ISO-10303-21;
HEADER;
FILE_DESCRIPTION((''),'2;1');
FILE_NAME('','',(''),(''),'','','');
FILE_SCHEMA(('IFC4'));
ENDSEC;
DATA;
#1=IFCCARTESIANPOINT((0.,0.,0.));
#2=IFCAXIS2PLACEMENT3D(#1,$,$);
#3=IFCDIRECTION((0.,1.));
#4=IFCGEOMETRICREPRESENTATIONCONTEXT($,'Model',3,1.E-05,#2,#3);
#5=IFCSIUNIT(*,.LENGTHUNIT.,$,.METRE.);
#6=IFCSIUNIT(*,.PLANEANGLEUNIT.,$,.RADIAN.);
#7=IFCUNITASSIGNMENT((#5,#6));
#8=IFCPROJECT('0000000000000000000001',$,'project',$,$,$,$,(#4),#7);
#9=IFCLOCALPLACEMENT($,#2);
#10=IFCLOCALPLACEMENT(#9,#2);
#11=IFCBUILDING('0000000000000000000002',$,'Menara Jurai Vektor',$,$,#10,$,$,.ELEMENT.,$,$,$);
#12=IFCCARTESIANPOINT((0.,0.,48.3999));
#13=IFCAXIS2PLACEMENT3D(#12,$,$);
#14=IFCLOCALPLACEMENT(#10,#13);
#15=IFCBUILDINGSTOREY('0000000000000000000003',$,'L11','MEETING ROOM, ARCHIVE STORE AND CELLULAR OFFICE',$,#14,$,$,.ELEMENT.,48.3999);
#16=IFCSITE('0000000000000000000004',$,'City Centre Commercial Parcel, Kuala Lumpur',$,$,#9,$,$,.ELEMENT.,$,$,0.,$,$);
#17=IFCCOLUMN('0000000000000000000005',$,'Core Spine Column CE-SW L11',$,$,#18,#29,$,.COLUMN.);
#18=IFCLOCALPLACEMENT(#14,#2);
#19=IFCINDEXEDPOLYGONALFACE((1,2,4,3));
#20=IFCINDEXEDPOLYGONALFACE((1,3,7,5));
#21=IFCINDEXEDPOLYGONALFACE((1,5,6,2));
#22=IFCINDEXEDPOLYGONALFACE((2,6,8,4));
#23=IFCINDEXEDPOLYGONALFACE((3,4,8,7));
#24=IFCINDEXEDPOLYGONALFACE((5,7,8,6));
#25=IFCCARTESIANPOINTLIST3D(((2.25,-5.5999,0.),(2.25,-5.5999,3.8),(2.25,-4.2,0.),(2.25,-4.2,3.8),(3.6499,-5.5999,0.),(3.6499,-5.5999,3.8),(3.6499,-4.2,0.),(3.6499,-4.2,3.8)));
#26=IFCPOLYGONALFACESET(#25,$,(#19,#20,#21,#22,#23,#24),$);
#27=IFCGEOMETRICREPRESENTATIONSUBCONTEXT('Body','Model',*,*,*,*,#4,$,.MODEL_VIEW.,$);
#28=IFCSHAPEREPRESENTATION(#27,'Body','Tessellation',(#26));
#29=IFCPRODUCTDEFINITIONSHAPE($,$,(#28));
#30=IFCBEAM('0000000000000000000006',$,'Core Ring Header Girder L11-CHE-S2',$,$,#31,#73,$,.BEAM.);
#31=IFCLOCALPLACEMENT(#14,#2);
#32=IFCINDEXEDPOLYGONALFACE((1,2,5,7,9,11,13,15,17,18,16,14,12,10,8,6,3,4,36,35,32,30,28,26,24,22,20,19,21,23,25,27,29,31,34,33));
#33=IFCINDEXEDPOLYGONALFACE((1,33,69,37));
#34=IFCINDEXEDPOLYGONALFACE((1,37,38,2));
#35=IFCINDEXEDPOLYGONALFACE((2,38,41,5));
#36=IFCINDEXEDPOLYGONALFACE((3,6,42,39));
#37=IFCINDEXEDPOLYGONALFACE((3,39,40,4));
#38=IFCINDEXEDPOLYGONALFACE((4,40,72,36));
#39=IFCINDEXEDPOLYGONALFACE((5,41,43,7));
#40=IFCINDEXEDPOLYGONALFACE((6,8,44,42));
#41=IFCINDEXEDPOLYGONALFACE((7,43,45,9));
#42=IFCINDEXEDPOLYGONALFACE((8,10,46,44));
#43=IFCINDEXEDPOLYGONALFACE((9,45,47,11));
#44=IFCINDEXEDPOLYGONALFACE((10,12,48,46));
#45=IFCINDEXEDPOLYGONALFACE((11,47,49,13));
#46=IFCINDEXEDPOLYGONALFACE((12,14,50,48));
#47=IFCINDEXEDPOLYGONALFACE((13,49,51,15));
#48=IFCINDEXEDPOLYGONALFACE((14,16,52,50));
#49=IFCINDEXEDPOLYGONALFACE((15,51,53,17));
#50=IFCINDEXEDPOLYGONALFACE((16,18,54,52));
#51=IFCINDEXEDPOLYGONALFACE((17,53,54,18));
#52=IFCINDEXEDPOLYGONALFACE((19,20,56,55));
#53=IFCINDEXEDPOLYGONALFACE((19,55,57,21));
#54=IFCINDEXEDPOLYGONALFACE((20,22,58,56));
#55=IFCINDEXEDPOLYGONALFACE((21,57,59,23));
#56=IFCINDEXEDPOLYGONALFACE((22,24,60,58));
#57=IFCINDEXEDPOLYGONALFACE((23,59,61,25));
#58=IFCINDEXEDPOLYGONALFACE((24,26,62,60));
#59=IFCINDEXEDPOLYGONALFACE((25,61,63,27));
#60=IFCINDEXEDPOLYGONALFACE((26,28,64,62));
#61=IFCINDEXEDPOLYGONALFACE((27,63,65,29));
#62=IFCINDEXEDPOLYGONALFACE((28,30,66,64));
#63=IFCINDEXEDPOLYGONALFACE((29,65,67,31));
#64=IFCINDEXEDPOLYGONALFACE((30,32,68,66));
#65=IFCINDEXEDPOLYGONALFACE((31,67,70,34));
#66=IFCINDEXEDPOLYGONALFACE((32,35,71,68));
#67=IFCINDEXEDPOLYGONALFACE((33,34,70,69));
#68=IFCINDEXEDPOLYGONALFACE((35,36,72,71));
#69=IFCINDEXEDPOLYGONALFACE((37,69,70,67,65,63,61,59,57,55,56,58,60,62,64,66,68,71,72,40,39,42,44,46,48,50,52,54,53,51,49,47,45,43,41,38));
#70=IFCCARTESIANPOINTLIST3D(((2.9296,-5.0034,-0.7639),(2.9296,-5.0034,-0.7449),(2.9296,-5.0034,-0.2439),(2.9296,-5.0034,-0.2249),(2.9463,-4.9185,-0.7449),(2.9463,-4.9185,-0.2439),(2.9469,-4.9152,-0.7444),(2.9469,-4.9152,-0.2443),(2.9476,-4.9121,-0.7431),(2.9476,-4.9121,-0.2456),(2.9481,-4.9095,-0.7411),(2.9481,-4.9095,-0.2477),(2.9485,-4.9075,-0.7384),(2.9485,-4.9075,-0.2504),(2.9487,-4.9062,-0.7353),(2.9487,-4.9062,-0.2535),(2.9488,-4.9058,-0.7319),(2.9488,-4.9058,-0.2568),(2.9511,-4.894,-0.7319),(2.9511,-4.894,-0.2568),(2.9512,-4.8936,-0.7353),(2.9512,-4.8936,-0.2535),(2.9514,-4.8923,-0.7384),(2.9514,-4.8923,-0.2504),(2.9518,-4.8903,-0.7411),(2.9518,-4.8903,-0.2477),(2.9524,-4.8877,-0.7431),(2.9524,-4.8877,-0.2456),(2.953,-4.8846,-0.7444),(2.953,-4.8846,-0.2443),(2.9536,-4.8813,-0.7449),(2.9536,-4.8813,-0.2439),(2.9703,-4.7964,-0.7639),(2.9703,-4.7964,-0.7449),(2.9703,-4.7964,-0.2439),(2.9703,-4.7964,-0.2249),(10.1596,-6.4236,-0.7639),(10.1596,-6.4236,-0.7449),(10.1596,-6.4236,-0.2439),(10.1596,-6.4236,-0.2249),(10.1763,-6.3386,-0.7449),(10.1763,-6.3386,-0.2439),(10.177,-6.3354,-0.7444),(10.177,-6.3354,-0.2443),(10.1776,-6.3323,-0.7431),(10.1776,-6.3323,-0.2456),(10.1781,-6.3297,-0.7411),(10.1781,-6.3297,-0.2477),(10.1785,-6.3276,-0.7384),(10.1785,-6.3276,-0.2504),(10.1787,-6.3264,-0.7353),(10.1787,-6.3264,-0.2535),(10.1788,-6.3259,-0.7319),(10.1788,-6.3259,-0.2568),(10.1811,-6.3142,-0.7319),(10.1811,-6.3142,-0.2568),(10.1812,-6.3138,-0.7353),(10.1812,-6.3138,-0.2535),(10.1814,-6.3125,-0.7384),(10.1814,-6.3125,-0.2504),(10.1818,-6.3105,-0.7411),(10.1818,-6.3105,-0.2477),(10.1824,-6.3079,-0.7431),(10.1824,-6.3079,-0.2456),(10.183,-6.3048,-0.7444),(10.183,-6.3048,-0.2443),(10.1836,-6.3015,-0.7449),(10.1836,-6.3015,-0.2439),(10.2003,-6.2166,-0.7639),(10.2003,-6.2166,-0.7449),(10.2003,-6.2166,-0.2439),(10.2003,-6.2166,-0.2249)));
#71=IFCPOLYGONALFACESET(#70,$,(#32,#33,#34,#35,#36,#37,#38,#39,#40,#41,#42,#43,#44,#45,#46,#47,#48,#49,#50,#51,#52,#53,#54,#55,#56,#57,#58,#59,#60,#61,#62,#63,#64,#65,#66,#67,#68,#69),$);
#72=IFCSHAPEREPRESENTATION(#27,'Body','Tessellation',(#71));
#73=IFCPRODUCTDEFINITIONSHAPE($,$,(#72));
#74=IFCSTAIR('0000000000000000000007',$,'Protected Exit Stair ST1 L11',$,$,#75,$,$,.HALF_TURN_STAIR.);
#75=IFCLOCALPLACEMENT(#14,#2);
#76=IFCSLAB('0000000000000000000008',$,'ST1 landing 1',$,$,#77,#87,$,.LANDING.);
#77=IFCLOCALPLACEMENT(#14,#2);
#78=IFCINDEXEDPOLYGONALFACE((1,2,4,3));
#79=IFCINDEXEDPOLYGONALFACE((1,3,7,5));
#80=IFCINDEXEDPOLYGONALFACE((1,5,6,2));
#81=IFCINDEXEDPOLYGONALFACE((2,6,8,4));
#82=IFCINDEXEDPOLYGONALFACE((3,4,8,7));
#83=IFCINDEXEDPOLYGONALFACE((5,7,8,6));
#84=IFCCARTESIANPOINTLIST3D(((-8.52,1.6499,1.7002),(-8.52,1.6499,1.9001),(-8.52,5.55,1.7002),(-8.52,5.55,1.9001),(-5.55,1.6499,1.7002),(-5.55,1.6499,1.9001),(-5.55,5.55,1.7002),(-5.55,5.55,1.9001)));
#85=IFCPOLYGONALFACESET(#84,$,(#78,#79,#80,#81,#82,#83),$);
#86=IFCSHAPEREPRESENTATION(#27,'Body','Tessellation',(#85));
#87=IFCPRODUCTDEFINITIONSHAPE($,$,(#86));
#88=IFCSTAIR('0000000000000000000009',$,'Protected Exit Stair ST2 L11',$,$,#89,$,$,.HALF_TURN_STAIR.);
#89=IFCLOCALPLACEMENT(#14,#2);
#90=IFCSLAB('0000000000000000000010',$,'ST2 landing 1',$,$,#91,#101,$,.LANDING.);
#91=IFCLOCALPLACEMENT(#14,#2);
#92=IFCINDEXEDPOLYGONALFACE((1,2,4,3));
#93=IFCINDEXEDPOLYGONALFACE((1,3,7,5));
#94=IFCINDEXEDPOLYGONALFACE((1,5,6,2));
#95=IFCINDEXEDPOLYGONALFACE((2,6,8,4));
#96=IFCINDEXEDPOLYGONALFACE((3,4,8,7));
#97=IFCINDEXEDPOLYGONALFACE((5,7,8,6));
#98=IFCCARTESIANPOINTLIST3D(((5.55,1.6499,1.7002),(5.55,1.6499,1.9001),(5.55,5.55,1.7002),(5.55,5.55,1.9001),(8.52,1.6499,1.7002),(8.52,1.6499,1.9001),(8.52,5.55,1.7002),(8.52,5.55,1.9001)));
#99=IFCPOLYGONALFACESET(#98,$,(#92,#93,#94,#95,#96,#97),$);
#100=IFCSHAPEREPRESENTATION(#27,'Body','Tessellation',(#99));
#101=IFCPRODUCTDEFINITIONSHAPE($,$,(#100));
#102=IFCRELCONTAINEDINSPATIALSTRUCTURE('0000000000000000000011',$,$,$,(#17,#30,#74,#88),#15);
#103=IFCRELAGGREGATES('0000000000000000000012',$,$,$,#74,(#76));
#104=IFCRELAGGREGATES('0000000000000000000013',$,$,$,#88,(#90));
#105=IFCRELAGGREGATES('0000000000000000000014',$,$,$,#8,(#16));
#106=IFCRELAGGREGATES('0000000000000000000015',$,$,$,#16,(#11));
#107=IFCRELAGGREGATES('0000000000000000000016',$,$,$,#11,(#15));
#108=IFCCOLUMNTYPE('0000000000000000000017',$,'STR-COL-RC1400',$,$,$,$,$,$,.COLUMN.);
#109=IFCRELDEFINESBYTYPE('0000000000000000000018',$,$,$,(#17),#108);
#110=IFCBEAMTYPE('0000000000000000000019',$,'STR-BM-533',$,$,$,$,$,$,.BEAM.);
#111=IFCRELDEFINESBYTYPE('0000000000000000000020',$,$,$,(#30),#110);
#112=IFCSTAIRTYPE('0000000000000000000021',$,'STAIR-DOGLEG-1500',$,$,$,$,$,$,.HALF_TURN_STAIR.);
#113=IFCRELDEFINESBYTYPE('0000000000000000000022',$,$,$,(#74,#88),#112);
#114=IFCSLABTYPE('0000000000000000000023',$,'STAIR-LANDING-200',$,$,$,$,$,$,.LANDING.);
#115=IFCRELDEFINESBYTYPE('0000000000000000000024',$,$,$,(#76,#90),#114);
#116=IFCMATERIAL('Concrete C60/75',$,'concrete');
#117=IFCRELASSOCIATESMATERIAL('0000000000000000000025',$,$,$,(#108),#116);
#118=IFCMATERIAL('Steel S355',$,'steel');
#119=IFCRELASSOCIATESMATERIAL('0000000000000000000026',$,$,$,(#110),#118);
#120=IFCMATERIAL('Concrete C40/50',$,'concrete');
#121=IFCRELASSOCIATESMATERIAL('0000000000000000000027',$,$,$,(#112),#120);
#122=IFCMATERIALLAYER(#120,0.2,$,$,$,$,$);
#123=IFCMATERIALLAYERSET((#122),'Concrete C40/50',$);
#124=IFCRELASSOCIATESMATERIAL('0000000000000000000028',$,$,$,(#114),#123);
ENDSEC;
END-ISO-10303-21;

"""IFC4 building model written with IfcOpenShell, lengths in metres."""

from ifc_helpers import new_model, si_unit, direction, frame, origin, origin_2d, place, context, subcontext, project, spatial, polyline, rectangle, i_section, outline, extrude, material, layer, layer_set, material_profile, profile_set, type_object, element, aggregate, save


model = new_model("IFC4")

# Units and contexts
model_context = context("Model", 3, precision=1e-05, world=origin(), true_north=direction((0.0, 1.0)))
body_context = subcontext(model_context, "Body", "Model", "MODEL_VIEW")
ifc_project = project(units=[si_unit("LENGTHUNIT", "METRE"), si_unit("PLANEANGLEUNIT", "RADIAN")], contexts=[model_context])

# Site, building, storey
site_placement = place(None, origin())
site = spatial("IfcSite", under=ifc_project, at=site_placement, Name="City Centre Commercial Parcel, Kuala Lumpur", CompositionType="ELEMENT", RefElevation=0.0)
building_placement = place(site_placement, origin())
building = spatial("IfcBuilding", under=site, at=building_placement, Name="Menara Jurai Vektor", CompositionType="ELEMENT")
storey_placement = place(building_placement, frame((0.0, 0.0, 48.3999)))
storey = spatial("IfcBuildingStorey", under=building, at=storey_placement, Name="L11", Description="MEETING ROOM, ARCHIVE STORE AND CELLULAR OFFICE", CompositionType="ELEMENT", Elevation=48.3999)

# Column
ifc_material_1 = material(Name="Concrete C60/75", Category="concrete")
ifc_material_profile_1 = material_profile(ifc_material_1, rectangle(XDim=1.3999, YDim=1.3999, at=origin_2d()), Name="RC 1400x1400")
ifc_profile_set_1 = profile_set([ifc_material_profile_1], Name="Concrete C60/75")
column_type = type_object("IfcColumnType", Name="STR-COL-RC1400", PredefinedType="COLUMN", material=ifc_profile_set_1)
column_placement = place(storey_placement, frame((2.95, -4.8999, 0.0), z_axis=(0.0, 0.0, 1.0), x_axis=(1.0, 0.0, 0.0)))
element("IfcColumn", 1, at=column_placement, inside=storey, type_object=column_type, Name="Core Spine Column CE-SW L11", PredefinedType="COLUMN", context=body_context, shape_type="SweptSolid", body=[
    extrude(rectangle(XDim=1.3999, YDim=1.3999, at=origin_2d()), origin(), (0.0, 0.0, 1.0), 3.8),
])

# Beam
ifc_material_2 = material(Name="Steel S355", Category="steel")
ifc_material_profile_2 = material_profile(ifc_material_2, i_section(OverallWidth=0.2109, OverallDepth=0.5391, WebThickness=0.012, FlangeThickness=0.019, FilletRadius=0.0129, at=origin_2d()), Name="UKB 533x210x109")
ifc_profile_set_2 = profile_set([ifc_material_profile_2], Name="Steel S355")
beam_type = type_object("IfcBeamType", Name="STR-BM-533", PredefinedType="BEAM", material=ifc_profile_set_2)
beam_placement = place(storey_placement, frame((2.95, -4.8999, -0.4944), z_axis=(0.981249, -0.192744, 0.0), x_axis=(0.192744, 0.981249, 0.0)))
element("IfcBeam", 2, at=beam_placement, inside=storey, type_object=beam_type, Name="Core Ring Header Girder L11-CHE-S2", PredefinedType="BEAM", context=body_context, shape_type="SweptSolid", body=[
    extrude(i_section(OverallWidth=0.2109, OverallDepth=0.5391, WebThickness=0.012, FlangeThickness=0.019, FilletRadius=0.0129, at=origin_2d()), origin(), (0.0, 0.0, 1.0), 7.3682),
])

# Stairs, slabs
ifc_material_3 = material(Name="Concrete C40/50", Category="concrete")
stair_type = type_object("IfcStairType", Name="STAIR-DOGLEG-1500", PredefinedType="HALF_TURN_STAIR", material=ifc_material_3)
stair_1_placement = place(storey_placement, origin())
stair_1 = element("IfcStair", 3, at=stair_1_placement, inside=storey, type_object=stair_type, Name="Protected Exit Stair ST1 L11", PredefinedType="HALF_TURN_STAIR")
ifc_layer_1 = layer(ifc_material_3, 0.2)
ifc_layer_set_1 = layer_set([ifc_layer_1], Name="Concrete C40/50")
slab_type_1 = type_object("IfcSlabType", Name="STAIR-LANDING-200", PredefinedType="LANDING", material=ifc_layer_set_1)
slab_1_placement = place(storey_placement, frame((0.0, 0.0, 1.7002)))
slab_1 = element("IfcSlab", 4, at=slab_1_placement, type_object=slab_type_1, Name="ST1 landing 1", PredefinedType="LANDING", context=body_context, shape_type="SweptSolid", body=[
    extrude(outline(polyline([(-8.52, 1.6499), (-5.55, 1.6499), (-5.55, 5.55), (-8.52, 5.55), (-8.52, 1.6499)])), origin(), (0.0, 0.0, 1.0), 0.2),
])
aggregate(stair_1, [slab_1])
stair_2_placement = place(storey_placement, origin())
stair_2 = element("IfcStair", 5, at=stair_2_placement, inside=storey, type_object=stair_type, Name="Protected Exit Stair ST2 L11", PredefinedType="HALF_TURN_STAIR")
slab_2_placement = place(storey_placement, frame((0.0, 0.0, 1.7002)))
slab_2 = element("IfcSlab", 6, at=slab_2_placement, type_object=slab_type_1, Name="ST2 landing 1", PredefinedType="LANDING", context=body_context, shape_type="SweptSolid", body=[
    extrude(outline(polyline([(5.55, 1.6499), (8.52, 1.6499), (8.52, 5.55), (5.55, 5.55), (5.55, 1.6499)])), origin(), (0.0, 0.0, 1.0), 0.2),
])
aggregate(stair_2, [slab_2])

save(model, "model.ifc")
